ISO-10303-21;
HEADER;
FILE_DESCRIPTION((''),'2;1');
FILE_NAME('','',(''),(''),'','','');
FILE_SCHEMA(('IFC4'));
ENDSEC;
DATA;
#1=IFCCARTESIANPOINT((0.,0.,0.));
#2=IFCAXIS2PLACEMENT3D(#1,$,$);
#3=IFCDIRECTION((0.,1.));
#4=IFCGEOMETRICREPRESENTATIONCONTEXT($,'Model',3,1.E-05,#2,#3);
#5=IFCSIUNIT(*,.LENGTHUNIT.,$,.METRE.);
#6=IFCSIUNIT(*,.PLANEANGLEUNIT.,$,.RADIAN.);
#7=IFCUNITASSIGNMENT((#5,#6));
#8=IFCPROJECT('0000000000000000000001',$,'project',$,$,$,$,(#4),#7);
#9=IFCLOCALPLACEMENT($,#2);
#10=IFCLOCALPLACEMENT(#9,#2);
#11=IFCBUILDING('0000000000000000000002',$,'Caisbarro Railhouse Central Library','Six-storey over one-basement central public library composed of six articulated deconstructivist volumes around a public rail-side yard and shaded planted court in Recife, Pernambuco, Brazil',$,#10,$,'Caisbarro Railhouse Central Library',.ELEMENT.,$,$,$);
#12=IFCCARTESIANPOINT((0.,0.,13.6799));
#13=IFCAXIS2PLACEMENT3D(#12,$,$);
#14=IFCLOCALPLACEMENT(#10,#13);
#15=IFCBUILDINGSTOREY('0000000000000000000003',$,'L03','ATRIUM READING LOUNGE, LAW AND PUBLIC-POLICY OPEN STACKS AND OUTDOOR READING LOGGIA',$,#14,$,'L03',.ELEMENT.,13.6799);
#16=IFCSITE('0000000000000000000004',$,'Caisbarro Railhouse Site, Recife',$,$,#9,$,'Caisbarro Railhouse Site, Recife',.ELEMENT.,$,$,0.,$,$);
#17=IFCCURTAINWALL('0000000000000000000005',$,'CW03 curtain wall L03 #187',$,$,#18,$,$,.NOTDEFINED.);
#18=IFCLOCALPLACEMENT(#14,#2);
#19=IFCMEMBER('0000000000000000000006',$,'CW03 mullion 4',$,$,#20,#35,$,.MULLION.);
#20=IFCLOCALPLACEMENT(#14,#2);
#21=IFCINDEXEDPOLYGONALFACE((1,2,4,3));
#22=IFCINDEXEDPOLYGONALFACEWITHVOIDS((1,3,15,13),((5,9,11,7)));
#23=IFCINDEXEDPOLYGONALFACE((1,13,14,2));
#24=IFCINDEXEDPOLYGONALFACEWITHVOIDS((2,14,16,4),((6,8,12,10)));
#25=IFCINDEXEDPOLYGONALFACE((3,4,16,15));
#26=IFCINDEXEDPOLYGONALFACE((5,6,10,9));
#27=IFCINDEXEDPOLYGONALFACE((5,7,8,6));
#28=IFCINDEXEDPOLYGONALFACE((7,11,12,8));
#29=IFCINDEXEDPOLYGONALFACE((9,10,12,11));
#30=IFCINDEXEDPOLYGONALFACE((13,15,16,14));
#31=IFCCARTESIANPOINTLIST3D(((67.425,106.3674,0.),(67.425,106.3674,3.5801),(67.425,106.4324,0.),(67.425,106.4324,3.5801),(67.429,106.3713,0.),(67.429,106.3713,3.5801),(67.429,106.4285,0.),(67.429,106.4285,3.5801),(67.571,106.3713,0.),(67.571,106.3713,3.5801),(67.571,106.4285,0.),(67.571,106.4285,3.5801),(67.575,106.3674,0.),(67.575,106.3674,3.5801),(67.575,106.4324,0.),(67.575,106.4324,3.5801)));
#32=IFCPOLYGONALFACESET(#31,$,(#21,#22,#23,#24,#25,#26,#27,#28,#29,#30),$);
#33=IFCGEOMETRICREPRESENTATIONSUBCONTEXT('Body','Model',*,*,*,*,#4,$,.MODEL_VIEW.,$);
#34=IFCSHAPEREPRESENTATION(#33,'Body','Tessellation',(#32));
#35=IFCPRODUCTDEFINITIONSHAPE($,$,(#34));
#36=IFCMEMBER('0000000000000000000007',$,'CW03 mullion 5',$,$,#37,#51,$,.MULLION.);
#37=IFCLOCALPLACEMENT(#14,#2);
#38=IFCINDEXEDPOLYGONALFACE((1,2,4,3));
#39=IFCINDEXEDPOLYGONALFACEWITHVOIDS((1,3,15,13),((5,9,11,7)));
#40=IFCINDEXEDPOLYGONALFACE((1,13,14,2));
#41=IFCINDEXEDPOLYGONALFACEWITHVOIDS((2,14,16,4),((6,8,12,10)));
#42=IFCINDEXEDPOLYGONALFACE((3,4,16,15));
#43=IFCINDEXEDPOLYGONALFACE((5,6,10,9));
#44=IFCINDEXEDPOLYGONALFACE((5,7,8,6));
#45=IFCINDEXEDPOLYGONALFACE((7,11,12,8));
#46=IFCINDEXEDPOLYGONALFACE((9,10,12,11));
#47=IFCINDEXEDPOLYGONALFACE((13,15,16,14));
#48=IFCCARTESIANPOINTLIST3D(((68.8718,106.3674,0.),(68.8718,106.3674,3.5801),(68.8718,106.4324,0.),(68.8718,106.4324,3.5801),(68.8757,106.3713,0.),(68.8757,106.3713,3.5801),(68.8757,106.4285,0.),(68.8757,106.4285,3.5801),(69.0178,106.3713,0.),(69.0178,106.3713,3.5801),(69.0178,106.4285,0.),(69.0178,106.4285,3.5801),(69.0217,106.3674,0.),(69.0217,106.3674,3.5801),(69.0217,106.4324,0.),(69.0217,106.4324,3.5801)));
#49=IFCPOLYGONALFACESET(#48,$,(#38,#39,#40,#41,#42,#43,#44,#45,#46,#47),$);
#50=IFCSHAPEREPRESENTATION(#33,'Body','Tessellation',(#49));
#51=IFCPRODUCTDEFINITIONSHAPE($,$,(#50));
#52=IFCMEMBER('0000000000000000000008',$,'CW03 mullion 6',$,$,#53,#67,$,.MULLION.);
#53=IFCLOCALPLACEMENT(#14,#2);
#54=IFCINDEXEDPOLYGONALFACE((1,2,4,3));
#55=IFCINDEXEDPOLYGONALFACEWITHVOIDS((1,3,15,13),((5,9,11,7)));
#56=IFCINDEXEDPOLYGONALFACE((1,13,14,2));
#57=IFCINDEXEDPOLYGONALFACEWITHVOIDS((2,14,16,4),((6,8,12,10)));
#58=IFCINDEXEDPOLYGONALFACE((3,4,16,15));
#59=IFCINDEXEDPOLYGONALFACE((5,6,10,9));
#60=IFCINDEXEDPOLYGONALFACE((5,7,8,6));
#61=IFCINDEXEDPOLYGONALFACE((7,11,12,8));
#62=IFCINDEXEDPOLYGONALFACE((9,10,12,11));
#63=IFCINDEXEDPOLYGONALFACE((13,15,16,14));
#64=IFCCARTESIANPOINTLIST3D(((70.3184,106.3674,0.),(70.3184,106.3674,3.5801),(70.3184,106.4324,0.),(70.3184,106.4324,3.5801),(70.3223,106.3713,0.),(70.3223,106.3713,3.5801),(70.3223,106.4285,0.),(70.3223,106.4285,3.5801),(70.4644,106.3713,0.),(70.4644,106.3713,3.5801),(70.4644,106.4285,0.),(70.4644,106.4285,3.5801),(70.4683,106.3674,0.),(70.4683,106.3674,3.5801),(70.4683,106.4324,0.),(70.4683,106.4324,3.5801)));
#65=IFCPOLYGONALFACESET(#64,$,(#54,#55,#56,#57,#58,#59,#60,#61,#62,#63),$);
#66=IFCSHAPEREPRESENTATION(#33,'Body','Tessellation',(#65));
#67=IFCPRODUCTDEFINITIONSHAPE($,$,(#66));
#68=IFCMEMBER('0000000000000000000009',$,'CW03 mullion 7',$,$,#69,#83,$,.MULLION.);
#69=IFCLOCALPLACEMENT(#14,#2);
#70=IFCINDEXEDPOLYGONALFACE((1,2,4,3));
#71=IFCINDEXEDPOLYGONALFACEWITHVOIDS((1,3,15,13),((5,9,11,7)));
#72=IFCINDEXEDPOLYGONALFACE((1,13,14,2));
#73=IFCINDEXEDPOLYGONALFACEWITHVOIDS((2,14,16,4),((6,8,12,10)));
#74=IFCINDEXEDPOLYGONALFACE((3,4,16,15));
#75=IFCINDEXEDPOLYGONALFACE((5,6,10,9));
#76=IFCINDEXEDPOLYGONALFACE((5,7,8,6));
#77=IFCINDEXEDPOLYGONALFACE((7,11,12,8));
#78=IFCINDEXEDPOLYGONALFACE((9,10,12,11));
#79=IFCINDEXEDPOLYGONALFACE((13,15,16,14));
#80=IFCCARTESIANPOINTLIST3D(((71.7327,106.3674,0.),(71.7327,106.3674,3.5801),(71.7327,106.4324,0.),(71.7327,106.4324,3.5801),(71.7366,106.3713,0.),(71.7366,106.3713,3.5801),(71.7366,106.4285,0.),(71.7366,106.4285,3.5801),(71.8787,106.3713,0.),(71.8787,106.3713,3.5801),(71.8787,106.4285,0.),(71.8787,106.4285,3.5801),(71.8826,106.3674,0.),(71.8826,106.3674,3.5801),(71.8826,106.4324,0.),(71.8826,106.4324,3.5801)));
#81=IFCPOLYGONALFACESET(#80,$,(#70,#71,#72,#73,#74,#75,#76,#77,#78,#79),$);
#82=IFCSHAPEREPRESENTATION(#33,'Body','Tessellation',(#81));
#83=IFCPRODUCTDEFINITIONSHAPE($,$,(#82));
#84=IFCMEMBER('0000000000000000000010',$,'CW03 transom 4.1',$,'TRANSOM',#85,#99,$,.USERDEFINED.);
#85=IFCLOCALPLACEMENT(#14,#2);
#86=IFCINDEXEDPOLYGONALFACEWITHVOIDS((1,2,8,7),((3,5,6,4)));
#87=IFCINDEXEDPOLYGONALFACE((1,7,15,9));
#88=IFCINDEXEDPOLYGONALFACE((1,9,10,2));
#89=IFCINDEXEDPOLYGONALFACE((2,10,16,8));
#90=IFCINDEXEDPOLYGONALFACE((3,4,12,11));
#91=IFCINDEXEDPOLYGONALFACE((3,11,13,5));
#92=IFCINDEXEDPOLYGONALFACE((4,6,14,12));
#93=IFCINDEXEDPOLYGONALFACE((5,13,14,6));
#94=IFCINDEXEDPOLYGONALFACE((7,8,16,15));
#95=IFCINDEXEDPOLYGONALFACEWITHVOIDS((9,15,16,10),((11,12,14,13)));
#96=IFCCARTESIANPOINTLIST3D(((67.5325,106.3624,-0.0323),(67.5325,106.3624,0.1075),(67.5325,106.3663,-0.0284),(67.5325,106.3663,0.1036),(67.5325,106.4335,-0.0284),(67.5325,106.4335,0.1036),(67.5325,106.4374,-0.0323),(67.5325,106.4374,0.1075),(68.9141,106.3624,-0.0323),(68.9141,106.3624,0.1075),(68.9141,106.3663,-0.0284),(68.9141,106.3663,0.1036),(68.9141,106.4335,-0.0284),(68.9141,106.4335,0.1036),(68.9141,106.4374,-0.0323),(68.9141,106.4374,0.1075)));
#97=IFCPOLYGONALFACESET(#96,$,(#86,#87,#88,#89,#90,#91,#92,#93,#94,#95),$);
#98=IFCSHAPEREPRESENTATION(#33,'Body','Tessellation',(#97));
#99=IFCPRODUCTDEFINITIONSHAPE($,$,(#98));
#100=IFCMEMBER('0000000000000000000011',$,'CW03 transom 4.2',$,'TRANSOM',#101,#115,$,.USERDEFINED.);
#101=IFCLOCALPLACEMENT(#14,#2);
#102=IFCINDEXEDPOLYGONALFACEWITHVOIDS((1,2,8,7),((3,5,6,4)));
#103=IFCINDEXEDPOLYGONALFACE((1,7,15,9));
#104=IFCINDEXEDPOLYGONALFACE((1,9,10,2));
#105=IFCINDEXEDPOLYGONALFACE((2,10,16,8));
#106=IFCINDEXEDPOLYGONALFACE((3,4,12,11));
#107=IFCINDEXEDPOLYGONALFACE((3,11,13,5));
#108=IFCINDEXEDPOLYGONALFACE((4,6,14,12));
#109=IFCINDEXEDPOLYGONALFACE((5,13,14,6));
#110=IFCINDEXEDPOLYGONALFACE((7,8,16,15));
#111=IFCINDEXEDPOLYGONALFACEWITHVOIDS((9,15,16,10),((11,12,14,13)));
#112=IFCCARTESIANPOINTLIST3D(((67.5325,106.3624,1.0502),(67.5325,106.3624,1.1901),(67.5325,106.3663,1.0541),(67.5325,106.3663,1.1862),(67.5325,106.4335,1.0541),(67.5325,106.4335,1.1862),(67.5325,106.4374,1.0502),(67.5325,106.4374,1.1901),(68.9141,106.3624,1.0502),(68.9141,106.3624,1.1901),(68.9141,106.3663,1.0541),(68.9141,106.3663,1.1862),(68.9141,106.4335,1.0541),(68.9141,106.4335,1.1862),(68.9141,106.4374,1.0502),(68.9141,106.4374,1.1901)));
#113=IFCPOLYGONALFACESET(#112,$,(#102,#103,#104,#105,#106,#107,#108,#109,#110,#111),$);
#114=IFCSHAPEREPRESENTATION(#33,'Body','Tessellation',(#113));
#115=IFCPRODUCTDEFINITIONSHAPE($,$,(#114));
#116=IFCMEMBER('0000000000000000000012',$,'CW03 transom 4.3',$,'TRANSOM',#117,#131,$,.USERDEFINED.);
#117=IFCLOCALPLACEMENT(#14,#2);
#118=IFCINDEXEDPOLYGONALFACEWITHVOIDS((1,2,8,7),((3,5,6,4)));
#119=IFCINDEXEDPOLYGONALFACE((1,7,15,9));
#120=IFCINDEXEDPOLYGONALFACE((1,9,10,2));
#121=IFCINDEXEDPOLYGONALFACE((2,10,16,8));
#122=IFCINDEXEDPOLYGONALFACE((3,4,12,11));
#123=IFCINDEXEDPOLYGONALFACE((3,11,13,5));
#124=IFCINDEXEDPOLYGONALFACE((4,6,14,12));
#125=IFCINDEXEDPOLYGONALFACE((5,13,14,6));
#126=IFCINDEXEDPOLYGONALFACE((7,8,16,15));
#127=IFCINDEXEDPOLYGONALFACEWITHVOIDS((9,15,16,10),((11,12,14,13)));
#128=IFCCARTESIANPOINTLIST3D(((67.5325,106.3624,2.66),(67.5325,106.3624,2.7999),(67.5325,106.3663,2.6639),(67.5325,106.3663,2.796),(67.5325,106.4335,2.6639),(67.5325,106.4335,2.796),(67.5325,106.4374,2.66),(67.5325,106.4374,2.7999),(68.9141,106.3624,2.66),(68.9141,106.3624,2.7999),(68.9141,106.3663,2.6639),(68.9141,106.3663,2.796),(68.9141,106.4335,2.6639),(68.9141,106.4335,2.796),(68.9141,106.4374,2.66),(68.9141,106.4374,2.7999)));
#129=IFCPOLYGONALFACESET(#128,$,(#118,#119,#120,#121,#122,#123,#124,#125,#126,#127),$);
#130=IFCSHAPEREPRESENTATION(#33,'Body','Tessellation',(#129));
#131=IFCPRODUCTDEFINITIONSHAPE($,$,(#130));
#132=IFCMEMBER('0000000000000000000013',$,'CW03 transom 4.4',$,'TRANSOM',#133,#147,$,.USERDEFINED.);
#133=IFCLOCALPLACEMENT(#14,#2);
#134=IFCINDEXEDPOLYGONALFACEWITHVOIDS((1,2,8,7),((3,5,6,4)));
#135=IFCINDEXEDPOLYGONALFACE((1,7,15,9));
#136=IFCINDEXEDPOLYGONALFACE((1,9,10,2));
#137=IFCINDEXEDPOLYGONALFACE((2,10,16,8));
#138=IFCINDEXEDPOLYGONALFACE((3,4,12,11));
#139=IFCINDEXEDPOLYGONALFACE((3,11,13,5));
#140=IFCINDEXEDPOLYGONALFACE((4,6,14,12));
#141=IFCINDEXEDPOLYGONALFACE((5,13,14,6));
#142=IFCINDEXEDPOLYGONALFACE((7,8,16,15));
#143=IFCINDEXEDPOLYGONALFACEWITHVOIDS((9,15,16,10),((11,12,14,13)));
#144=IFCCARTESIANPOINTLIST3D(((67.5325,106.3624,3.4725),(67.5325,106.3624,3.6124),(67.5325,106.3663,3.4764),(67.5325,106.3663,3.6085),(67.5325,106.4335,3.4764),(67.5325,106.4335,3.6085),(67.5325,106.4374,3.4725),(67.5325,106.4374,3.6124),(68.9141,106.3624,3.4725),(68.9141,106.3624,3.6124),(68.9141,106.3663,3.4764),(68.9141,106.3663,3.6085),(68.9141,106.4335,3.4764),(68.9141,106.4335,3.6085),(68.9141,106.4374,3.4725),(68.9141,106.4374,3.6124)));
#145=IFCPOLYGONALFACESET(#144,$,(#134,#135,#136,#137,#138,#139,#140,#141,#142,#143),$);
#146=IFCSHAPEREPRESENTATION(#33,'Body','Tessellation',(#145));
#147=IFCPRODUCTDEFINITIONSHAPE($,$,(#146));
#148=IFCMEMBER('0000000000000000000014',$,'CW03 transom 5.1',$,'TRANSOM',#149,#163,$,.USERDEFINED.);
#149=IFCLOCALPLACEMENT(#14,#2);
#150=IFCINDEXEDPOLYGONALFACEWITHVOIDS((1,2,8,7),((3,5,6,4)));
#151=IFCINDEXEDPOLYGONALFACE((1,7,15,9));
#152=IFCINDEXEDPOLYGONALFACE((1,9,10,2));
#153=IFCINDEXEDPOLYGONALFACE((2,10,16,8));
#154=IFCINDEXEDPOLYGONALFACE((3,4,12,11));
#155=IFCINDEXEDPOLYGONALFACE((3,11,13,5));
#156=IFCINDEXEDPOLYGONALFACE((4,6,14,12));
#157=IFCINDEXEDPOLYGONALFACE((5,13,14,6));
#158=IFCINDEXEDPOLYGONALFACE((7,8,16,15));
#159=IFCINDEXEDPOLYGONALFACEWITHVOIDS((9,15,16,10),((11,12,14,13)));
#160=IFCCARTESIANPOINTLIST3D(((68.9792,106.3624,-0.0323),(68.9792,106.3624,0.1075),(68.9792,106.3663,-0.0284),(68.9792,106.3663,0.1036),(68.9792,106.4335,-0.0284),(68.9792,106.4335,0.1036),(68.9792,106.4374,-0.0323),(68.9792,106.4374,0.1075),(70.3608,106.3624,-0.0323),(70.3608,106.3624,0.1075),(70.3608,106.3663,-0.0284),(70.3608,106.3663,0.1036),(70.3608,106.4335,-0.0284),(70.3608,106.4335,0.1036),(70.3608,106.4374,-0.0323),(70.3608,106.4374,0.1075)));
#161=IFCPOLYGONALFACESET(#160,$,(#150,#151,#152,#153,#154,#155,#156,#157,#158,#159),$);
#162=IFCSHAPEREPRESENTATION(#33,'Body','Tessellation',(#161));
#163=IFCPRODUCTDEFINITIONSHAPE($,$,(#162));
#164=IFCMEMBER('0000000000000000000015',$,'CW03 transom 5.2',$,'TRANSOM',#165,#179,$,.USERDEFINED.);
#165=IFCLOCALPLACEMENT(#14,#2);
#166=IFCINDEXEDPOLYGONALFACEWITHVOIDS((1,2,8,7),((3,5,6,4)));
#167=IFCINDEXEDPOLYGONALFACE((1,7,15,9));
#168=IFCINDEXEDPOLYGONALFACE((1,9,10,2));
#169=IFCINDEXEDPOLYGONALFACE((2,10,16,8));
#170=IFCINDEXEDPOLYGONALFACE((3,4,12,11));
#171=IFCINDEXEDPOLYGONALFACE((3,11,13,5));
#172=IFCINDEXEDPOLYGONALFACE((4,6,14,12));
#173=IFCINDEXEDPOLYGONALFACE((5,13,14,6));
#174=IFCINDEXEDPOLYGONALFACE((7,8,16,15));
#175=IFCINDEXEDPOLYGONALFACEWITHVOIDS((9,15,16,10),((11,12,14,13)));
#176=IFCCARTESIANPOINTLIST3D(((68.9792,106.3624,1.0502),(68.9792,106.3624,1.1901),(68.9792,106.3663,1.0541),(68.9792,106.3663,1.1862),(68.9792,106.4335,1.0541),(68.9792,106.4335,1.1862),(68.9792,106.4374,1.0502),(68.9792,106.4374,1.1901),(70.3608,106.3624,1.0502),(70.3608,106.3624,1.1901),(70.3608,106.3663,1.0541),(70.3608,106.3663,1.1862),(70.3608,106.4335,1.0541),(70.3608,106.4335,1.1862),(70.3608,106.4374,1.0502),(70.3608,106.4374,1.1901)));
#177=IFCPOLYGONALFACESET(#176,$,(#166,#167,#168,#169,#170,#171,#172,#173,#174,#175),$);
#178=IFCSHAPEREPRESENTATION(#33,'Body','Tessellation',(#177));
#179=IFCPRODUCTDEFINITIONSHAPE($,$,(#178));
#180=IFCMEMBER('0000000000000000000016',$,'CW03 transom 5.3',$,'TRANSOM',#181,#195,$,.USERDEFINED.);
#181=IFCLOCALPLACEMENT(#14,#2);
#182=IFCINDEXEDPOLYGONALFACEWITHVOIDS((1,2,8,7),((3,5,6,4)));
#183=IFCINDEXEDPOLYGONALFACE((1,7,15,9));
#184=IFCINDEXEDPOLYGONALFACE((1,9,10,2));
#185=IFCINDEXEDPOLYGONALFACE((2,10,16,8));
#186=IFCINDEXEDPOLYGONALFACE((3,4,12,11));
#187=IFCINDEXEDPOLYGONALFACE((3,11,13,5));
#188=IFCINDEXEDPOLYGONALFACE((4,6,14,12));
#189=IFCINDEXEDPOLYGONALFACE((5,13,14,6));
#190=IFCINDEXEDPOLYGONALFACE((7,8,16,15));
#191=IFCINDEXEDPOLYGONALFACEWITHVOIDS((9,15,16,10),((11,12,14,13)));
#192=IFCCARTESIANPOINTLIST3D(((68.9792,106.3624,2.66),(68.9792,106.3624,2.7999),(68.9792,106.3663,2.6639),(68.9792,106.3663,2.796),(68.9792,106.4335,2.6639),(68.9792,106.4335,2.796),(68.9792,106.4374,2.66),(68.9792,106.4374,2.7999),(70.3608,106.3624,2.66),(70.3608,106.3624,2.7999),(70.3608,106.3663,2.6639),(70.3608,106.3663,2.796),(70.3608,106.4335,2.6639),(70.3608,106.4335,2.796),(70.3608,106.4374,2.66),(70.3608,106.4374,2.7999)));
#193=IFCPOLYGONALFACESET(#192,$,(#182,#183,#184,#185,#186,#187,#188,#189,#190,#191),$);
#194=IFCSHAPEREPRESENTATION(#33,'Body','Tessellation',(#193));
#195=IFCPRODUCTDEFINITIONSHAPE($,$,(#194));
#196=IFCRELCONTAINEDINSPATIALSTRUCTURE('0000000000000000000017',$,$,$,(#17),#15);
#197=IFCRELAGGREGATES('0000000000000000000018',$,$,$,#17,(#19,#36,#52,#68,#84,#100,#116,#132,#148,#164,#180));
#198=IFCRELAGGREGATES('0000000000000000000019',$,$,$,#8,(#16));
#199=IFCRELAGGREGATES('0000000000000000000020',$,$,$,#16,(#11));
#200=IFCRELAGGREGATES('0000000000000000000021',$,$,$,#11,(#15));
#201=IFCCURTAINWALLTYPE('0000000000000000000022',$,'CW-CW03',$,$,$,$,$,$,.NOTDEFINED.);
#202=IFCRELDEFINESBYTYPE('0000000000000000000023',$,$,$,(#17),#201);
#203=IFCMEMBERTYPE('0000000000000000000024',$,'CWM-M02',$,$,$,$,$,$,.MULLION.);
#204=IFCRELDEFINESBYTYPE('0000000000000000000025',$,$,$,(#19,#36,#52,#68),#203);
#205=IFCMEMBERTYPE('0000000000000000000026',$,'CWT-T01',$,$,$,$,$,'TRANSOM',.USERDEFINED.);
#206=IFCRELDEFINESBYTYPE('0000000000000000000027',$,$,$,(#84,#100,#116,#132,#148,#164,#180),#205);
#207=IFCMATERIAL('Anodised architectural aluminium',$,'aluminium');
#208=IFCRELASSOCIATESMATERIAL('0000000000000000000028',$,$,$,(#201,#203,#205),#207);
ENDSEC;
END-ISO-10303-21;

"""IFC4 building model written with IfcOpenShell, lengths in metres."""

from ifc_helpers import new_model, si_unit, direction, frame, origin, origin_2d, place, context, subcontext, project, spatial, hollow_rectangle, extrude, material, material_profile, profile_set, type_object, element, aggregate, save


model = new_model("IFC4")

# Units and contexts
model_context = context("Model", 3, precision=1e-05, world=origin(), true_north=direction((0.0, 1.0)))
body_context = subcontext(model_context, "Body", "Model", "MODEL_VIEW")
ifc_project = project(units=[si_unit("LENGTHUNIT", "METRE"), si_unit("PLANEANGLEUNIT", "RADIAN")], contexts=[model_context])

# Site, building, storey
site_placement = place(None, origin())
site = spatial("IfcSite", under=ifc_project, at=site_placement, Name="Caisbarro Railhouse Site, Recife", LongName="Caisbarro Railhouse Site, Recife", CompositionType="ELEMENT", RefElevation=0.0)
building_placement = place(site_placement, origin())
building = spatial("IfcBuilding", under=site, at=building_placement, Name="Caisbarro Railhouse Central Library", Description="Six-storey over one-basement central public library composed of six articulated deconstructivist volumes around a public rail-side yard and shaded planted court in Recife, Pernambuco, Brazil", LongName="Caisbarro Railhouse Central Library", CompositionType="ELEMENT")
storey_placement = place(building_placement, frame((0.0, 0.0, 13.6799)))
storey = spatial("IfcBuildingStorey", under=building, at=storey_placement, Name="L03", Description="ATRIUM READING LOUNGE, LAW AND PUBLIC-POLICY OPEN STACKS AND OUTDOOR READING LOGGIA", LongName="L03", CompositionType="ELEMENT", Elevation=13.6799)

# Curtain wall, members
ifc_material_1 = material(Name="Anodised architectural aluminium", Category="aluminium")
curtain_wall_type = type_object("IfcCurtainWallType", Name="CW-CW03", PredefinedType="NOTDEFINED", material=ifc_material_1)
curtain_wall_placement = place(storey_placement, origin())
curtain_wall = element("IfcCurtainWall", 1, at=curtain_wall_placement, inside=storey, type_object=curtain_wall_type, Name="CW03 curtain wall L03 #187", PredefinedType="NOTDEFINED")
ifc_material_profile_1 = material_profile(ifc_material_1, hollow_rectangle(XDim=0.0649, YDim=0.1499, WallThickness=0.0039, at=origin_2d()), Name="ALU-MUL-65X150")
ifc_profile_set_1 = profile_set([ifc_material_profile_1], Name="Anodised architectural aluminium")
member_type_1 = type_object("IfcMemberType", Name="CWM-M02", PredefinedType="MULLION", material=ifc_profile_set_1)
member_1_placement = place(storey_placement, frame((67.5, 106.3999, 0.0), z_axis=(0.0, 0.0, 1.0), x_axis=(0.0, 1.0, 0.0)))
member_1 = element("IfcMember", 2, at=member_1_placement, type_object=member_type_1, Name="CW03 mullion 4", PredefinedType="MULLION", context=body_context, shape_type="SweptSolid", body=[
    extrude(hollow_rectangle(XDim=0.0649, YDim=0.1499, WallThickness=0.0039, at=origin_2d()), origin(), (0.0, 0.0, 1.0), 3.5801),
])
member_2_placement = place(storey_placement, frame((68.9468, 106.3999, 0.0), z_axis=(0.0, 0.0, 1.0), x_axis=(0.0, 1.0, 0.0)))
member_2 = element("IfcMember", 3, at=member_2_placement, type_object=member_type_1, Name="CW03 mullion 5", PredefinedType="MULLION", context=body_context, shape_type="SweptSolid", body=[
    extrude(hollow_rectangle(XDim=0.0649, YDim=0.1499, WallThickness=0.0039, at=origin_2d()), origin(), (0.0, 0.0, 1.0), 3.5801),
])
member_3_placement = place(storey_placement, frame((70.3933, 106.3999, 0.0), z_axis=(0.0, 0.0, 1.0), x_axis=(0.0, 1.0, 0.0)))
member_3 = element("IfcMember", 4, at=member_3_placement, type_object=member_type_1, Name="CW03 mullion 6", PredefinedType="MULLION", context=body_context, shape_type="SweptSolid", body=[
    extrude(hollow_rectangle(XDim=0.0649, YDim=0.1499, WallThickness=0.0039, at=origin_2d()), origin(), (0.0, 0.0, 1.0), 3.5801),
])
member_4_placement = place(storey_placement, frame((71.8076, 106.3999, 0.0), z_axis=(0.0, 0.0, 1.0), x_axis=(0.0, 1.0, 0.0)))
member_4 = element("IfcMember", 5, at=member_4_placement, type_object=member_type_1, Name="CW03 mullion 7", PredefinedType="MULLION", context=body_context, shape_type="SweptSolid", body=[
    extrude(hollow_rectangle(XDim=0.0649, YDim=0.1499, WallThickness=0.0039, at=origin_2d()), origin(), (0.0, 0.0, 1.0), 3.5801),
])
ifc_material_profile_2 = material_profile(ifc_material_1, hollow_rectangle(XDim=0.075, YDim=0.1399, WallThickness=0.0039, at=origin_2d()), Name="ALU-TRN-75X140")
ifc_profile_set_2 = profile_set([ifc_material_profile_2], Name="Anodised architectural aluminium")
member_type_2 = type_object("IfcMemberType", Name="CWT-T01", ElementType="TRANSOM", PredefinedType="USERDEFINED", material=ifc_profile_set_2)
member_5_placement = place(storey_placement, frame((67.5325, 106.3999, 0.0376), z_axis=(1.0, 0.0, 0.0), x_axis=(0.0, 1.0, 0.0)))
member_5 = element("IfcMember", 6, at=member_5_placement, type_object=member_type_2, Name="CW03 transom 4.1", ObjectType="TRANSOM", PredefinedType="USERDEFINED", context=body_context, shape_type="SweptSolid", body=[
    extrude(hollow_rectangle(XDim=0.075, YDim=0.1399, WallThickness=0.0039, at=origin_2d()), origin(), (0.0, 0.0, 1.0), 1.3816),
])
member_6_placement = place(storey_placement, frame((67.5325, 106.3999, 1.1201), z_axis=(1.0, 0.0, 0.0), x_axis=(0.0, 1.0, 0.0)))
member_6 = element("IfcMember", 7, at=member_6_placement, type_object=member_type_2, Name="CW03 transom 4.2", ObjectType="TRANSOM", PredefinedType="USERDEFINED", context=body_context, shape_type="SweptSolid", body=[
    extrude(hollow_rectangle(XDim=0.075, YDim=0.1399, WallThickness=0.0039, at=origin_2d()), origin(), (0.0, 0.0, 1.0), 1.3816),
])
member_7_placement = place(storey_placement, frame((67.5325, 106.3999, 2.73), z_axis=(1.0, 0.0, 0.0), x_axis=(0.0, 1.0, 0.0)))
member_7 = element("IfcMember", 8, at=member_7_placement, type_object=member_type_2, Name="CW03 transom 4.3", ObjectType="TRANSOM", PredefinedType="USERDEFINED", context=body_context, shape_type="SweptSolid", body=[
    extrude(hollow_rectangle(XDim=0.075, YDim=0.1399, WallThickness=0.0039, at=origin_2d()), origin(), (0.0, 0.0, 1.0), 1.3816),
])
member_8_placement = place(storey_placement, frame((67.5325, 106.3999, 3.5425), z_axis=(1.0, 0.0, 0.0), x_axis=(0.0, 1.0, 0.0)))
member_8 = element("IfcMember", 9, at=member_8_placement, type_object=member_type_2, Name="CW03 transom 4.4", ObjectType="TRANSOM", PredefinedType="USERDEFINED", context=body_context, shape_type="SweptSolid", body=[
    extrude(hollow_rectangle(XDim=0.075, YDim=0.1399, WallThickness=0.0039, at=origin_2d()), origin(), (0.0, 0.0, 1.0), 1.3816),
])
member_9_placement = place(storey_placement, frame((68.9792, 106.3999, 0.0376), z_axis=(1.0, 0.0, 0.0), x_axis=(0.0, 1.0, 0.0)))
member_9 = element("IfcMember", 10, at=member_9_placement, type_object=member_type_2, Name="CW03 transom 5.1", ObjectType="TRANSOM", PredefinedType="USERDEFINED", context=body_context, shape_type="SweptSolid", body=[
    extrude(hollow_rectangle(XDim=0.075, YDim=0.1399, WallThickness=0.0039, at=origin_2d()), origin(), (0.0, 0.0, 1.0), 1.3816),
])
member_10_placement = place(storey_placement, frame((68.9792, 106.3999, 1.1201), z_axis=(1.0, 0.0, 0.0), x_axis=(0.0, 1.0, 0.0)))
member_10 = element("IfcMember", 11, at=member_10_placement, type_object=member_type_2, Name="CW03 transom 5.2", ObjectType="TRANSOM", PredefinedType="USERDEFINED", context=body_context, shape_type="SweptSolid", body=[
    extrude(hollow_rectangle(XDim=0.075, YDim=0.1399, WallThickness=0.0039, at=origin_2d()), origin(), (0.0, 0.0, 1.0), 1.3816),
])
member_11_placement = place(storey_placement, frame((68.9792, 106.3999, 2.73), z_axis=(1.0, 0.0, 0.0), x_axis=(0.0, 1.0, 0.0)))
member_11 = element("IfcMember", 12, at=member_11_placement, type_object=member_type_2, Name="CW03 transom 5.3", ObjectType="TRANSOM", PredefinedType="USERDEFINED", context=body_context, shape_type="SweptSolid", body=[
    extrude(hollow_rectangle(XDim=0.075, YDim=0.1399, WallThickness=0.0039, at=origin_2d()), origin(), (0.0, 0.0, 1.0), 1.3816),
])
aggregate(curtain_wall, [member_1, member_2, member_3, member_4, member_5, member_6, member_7, member_8, member_9, member_10, member_11])

save(model, "model.ifc")
